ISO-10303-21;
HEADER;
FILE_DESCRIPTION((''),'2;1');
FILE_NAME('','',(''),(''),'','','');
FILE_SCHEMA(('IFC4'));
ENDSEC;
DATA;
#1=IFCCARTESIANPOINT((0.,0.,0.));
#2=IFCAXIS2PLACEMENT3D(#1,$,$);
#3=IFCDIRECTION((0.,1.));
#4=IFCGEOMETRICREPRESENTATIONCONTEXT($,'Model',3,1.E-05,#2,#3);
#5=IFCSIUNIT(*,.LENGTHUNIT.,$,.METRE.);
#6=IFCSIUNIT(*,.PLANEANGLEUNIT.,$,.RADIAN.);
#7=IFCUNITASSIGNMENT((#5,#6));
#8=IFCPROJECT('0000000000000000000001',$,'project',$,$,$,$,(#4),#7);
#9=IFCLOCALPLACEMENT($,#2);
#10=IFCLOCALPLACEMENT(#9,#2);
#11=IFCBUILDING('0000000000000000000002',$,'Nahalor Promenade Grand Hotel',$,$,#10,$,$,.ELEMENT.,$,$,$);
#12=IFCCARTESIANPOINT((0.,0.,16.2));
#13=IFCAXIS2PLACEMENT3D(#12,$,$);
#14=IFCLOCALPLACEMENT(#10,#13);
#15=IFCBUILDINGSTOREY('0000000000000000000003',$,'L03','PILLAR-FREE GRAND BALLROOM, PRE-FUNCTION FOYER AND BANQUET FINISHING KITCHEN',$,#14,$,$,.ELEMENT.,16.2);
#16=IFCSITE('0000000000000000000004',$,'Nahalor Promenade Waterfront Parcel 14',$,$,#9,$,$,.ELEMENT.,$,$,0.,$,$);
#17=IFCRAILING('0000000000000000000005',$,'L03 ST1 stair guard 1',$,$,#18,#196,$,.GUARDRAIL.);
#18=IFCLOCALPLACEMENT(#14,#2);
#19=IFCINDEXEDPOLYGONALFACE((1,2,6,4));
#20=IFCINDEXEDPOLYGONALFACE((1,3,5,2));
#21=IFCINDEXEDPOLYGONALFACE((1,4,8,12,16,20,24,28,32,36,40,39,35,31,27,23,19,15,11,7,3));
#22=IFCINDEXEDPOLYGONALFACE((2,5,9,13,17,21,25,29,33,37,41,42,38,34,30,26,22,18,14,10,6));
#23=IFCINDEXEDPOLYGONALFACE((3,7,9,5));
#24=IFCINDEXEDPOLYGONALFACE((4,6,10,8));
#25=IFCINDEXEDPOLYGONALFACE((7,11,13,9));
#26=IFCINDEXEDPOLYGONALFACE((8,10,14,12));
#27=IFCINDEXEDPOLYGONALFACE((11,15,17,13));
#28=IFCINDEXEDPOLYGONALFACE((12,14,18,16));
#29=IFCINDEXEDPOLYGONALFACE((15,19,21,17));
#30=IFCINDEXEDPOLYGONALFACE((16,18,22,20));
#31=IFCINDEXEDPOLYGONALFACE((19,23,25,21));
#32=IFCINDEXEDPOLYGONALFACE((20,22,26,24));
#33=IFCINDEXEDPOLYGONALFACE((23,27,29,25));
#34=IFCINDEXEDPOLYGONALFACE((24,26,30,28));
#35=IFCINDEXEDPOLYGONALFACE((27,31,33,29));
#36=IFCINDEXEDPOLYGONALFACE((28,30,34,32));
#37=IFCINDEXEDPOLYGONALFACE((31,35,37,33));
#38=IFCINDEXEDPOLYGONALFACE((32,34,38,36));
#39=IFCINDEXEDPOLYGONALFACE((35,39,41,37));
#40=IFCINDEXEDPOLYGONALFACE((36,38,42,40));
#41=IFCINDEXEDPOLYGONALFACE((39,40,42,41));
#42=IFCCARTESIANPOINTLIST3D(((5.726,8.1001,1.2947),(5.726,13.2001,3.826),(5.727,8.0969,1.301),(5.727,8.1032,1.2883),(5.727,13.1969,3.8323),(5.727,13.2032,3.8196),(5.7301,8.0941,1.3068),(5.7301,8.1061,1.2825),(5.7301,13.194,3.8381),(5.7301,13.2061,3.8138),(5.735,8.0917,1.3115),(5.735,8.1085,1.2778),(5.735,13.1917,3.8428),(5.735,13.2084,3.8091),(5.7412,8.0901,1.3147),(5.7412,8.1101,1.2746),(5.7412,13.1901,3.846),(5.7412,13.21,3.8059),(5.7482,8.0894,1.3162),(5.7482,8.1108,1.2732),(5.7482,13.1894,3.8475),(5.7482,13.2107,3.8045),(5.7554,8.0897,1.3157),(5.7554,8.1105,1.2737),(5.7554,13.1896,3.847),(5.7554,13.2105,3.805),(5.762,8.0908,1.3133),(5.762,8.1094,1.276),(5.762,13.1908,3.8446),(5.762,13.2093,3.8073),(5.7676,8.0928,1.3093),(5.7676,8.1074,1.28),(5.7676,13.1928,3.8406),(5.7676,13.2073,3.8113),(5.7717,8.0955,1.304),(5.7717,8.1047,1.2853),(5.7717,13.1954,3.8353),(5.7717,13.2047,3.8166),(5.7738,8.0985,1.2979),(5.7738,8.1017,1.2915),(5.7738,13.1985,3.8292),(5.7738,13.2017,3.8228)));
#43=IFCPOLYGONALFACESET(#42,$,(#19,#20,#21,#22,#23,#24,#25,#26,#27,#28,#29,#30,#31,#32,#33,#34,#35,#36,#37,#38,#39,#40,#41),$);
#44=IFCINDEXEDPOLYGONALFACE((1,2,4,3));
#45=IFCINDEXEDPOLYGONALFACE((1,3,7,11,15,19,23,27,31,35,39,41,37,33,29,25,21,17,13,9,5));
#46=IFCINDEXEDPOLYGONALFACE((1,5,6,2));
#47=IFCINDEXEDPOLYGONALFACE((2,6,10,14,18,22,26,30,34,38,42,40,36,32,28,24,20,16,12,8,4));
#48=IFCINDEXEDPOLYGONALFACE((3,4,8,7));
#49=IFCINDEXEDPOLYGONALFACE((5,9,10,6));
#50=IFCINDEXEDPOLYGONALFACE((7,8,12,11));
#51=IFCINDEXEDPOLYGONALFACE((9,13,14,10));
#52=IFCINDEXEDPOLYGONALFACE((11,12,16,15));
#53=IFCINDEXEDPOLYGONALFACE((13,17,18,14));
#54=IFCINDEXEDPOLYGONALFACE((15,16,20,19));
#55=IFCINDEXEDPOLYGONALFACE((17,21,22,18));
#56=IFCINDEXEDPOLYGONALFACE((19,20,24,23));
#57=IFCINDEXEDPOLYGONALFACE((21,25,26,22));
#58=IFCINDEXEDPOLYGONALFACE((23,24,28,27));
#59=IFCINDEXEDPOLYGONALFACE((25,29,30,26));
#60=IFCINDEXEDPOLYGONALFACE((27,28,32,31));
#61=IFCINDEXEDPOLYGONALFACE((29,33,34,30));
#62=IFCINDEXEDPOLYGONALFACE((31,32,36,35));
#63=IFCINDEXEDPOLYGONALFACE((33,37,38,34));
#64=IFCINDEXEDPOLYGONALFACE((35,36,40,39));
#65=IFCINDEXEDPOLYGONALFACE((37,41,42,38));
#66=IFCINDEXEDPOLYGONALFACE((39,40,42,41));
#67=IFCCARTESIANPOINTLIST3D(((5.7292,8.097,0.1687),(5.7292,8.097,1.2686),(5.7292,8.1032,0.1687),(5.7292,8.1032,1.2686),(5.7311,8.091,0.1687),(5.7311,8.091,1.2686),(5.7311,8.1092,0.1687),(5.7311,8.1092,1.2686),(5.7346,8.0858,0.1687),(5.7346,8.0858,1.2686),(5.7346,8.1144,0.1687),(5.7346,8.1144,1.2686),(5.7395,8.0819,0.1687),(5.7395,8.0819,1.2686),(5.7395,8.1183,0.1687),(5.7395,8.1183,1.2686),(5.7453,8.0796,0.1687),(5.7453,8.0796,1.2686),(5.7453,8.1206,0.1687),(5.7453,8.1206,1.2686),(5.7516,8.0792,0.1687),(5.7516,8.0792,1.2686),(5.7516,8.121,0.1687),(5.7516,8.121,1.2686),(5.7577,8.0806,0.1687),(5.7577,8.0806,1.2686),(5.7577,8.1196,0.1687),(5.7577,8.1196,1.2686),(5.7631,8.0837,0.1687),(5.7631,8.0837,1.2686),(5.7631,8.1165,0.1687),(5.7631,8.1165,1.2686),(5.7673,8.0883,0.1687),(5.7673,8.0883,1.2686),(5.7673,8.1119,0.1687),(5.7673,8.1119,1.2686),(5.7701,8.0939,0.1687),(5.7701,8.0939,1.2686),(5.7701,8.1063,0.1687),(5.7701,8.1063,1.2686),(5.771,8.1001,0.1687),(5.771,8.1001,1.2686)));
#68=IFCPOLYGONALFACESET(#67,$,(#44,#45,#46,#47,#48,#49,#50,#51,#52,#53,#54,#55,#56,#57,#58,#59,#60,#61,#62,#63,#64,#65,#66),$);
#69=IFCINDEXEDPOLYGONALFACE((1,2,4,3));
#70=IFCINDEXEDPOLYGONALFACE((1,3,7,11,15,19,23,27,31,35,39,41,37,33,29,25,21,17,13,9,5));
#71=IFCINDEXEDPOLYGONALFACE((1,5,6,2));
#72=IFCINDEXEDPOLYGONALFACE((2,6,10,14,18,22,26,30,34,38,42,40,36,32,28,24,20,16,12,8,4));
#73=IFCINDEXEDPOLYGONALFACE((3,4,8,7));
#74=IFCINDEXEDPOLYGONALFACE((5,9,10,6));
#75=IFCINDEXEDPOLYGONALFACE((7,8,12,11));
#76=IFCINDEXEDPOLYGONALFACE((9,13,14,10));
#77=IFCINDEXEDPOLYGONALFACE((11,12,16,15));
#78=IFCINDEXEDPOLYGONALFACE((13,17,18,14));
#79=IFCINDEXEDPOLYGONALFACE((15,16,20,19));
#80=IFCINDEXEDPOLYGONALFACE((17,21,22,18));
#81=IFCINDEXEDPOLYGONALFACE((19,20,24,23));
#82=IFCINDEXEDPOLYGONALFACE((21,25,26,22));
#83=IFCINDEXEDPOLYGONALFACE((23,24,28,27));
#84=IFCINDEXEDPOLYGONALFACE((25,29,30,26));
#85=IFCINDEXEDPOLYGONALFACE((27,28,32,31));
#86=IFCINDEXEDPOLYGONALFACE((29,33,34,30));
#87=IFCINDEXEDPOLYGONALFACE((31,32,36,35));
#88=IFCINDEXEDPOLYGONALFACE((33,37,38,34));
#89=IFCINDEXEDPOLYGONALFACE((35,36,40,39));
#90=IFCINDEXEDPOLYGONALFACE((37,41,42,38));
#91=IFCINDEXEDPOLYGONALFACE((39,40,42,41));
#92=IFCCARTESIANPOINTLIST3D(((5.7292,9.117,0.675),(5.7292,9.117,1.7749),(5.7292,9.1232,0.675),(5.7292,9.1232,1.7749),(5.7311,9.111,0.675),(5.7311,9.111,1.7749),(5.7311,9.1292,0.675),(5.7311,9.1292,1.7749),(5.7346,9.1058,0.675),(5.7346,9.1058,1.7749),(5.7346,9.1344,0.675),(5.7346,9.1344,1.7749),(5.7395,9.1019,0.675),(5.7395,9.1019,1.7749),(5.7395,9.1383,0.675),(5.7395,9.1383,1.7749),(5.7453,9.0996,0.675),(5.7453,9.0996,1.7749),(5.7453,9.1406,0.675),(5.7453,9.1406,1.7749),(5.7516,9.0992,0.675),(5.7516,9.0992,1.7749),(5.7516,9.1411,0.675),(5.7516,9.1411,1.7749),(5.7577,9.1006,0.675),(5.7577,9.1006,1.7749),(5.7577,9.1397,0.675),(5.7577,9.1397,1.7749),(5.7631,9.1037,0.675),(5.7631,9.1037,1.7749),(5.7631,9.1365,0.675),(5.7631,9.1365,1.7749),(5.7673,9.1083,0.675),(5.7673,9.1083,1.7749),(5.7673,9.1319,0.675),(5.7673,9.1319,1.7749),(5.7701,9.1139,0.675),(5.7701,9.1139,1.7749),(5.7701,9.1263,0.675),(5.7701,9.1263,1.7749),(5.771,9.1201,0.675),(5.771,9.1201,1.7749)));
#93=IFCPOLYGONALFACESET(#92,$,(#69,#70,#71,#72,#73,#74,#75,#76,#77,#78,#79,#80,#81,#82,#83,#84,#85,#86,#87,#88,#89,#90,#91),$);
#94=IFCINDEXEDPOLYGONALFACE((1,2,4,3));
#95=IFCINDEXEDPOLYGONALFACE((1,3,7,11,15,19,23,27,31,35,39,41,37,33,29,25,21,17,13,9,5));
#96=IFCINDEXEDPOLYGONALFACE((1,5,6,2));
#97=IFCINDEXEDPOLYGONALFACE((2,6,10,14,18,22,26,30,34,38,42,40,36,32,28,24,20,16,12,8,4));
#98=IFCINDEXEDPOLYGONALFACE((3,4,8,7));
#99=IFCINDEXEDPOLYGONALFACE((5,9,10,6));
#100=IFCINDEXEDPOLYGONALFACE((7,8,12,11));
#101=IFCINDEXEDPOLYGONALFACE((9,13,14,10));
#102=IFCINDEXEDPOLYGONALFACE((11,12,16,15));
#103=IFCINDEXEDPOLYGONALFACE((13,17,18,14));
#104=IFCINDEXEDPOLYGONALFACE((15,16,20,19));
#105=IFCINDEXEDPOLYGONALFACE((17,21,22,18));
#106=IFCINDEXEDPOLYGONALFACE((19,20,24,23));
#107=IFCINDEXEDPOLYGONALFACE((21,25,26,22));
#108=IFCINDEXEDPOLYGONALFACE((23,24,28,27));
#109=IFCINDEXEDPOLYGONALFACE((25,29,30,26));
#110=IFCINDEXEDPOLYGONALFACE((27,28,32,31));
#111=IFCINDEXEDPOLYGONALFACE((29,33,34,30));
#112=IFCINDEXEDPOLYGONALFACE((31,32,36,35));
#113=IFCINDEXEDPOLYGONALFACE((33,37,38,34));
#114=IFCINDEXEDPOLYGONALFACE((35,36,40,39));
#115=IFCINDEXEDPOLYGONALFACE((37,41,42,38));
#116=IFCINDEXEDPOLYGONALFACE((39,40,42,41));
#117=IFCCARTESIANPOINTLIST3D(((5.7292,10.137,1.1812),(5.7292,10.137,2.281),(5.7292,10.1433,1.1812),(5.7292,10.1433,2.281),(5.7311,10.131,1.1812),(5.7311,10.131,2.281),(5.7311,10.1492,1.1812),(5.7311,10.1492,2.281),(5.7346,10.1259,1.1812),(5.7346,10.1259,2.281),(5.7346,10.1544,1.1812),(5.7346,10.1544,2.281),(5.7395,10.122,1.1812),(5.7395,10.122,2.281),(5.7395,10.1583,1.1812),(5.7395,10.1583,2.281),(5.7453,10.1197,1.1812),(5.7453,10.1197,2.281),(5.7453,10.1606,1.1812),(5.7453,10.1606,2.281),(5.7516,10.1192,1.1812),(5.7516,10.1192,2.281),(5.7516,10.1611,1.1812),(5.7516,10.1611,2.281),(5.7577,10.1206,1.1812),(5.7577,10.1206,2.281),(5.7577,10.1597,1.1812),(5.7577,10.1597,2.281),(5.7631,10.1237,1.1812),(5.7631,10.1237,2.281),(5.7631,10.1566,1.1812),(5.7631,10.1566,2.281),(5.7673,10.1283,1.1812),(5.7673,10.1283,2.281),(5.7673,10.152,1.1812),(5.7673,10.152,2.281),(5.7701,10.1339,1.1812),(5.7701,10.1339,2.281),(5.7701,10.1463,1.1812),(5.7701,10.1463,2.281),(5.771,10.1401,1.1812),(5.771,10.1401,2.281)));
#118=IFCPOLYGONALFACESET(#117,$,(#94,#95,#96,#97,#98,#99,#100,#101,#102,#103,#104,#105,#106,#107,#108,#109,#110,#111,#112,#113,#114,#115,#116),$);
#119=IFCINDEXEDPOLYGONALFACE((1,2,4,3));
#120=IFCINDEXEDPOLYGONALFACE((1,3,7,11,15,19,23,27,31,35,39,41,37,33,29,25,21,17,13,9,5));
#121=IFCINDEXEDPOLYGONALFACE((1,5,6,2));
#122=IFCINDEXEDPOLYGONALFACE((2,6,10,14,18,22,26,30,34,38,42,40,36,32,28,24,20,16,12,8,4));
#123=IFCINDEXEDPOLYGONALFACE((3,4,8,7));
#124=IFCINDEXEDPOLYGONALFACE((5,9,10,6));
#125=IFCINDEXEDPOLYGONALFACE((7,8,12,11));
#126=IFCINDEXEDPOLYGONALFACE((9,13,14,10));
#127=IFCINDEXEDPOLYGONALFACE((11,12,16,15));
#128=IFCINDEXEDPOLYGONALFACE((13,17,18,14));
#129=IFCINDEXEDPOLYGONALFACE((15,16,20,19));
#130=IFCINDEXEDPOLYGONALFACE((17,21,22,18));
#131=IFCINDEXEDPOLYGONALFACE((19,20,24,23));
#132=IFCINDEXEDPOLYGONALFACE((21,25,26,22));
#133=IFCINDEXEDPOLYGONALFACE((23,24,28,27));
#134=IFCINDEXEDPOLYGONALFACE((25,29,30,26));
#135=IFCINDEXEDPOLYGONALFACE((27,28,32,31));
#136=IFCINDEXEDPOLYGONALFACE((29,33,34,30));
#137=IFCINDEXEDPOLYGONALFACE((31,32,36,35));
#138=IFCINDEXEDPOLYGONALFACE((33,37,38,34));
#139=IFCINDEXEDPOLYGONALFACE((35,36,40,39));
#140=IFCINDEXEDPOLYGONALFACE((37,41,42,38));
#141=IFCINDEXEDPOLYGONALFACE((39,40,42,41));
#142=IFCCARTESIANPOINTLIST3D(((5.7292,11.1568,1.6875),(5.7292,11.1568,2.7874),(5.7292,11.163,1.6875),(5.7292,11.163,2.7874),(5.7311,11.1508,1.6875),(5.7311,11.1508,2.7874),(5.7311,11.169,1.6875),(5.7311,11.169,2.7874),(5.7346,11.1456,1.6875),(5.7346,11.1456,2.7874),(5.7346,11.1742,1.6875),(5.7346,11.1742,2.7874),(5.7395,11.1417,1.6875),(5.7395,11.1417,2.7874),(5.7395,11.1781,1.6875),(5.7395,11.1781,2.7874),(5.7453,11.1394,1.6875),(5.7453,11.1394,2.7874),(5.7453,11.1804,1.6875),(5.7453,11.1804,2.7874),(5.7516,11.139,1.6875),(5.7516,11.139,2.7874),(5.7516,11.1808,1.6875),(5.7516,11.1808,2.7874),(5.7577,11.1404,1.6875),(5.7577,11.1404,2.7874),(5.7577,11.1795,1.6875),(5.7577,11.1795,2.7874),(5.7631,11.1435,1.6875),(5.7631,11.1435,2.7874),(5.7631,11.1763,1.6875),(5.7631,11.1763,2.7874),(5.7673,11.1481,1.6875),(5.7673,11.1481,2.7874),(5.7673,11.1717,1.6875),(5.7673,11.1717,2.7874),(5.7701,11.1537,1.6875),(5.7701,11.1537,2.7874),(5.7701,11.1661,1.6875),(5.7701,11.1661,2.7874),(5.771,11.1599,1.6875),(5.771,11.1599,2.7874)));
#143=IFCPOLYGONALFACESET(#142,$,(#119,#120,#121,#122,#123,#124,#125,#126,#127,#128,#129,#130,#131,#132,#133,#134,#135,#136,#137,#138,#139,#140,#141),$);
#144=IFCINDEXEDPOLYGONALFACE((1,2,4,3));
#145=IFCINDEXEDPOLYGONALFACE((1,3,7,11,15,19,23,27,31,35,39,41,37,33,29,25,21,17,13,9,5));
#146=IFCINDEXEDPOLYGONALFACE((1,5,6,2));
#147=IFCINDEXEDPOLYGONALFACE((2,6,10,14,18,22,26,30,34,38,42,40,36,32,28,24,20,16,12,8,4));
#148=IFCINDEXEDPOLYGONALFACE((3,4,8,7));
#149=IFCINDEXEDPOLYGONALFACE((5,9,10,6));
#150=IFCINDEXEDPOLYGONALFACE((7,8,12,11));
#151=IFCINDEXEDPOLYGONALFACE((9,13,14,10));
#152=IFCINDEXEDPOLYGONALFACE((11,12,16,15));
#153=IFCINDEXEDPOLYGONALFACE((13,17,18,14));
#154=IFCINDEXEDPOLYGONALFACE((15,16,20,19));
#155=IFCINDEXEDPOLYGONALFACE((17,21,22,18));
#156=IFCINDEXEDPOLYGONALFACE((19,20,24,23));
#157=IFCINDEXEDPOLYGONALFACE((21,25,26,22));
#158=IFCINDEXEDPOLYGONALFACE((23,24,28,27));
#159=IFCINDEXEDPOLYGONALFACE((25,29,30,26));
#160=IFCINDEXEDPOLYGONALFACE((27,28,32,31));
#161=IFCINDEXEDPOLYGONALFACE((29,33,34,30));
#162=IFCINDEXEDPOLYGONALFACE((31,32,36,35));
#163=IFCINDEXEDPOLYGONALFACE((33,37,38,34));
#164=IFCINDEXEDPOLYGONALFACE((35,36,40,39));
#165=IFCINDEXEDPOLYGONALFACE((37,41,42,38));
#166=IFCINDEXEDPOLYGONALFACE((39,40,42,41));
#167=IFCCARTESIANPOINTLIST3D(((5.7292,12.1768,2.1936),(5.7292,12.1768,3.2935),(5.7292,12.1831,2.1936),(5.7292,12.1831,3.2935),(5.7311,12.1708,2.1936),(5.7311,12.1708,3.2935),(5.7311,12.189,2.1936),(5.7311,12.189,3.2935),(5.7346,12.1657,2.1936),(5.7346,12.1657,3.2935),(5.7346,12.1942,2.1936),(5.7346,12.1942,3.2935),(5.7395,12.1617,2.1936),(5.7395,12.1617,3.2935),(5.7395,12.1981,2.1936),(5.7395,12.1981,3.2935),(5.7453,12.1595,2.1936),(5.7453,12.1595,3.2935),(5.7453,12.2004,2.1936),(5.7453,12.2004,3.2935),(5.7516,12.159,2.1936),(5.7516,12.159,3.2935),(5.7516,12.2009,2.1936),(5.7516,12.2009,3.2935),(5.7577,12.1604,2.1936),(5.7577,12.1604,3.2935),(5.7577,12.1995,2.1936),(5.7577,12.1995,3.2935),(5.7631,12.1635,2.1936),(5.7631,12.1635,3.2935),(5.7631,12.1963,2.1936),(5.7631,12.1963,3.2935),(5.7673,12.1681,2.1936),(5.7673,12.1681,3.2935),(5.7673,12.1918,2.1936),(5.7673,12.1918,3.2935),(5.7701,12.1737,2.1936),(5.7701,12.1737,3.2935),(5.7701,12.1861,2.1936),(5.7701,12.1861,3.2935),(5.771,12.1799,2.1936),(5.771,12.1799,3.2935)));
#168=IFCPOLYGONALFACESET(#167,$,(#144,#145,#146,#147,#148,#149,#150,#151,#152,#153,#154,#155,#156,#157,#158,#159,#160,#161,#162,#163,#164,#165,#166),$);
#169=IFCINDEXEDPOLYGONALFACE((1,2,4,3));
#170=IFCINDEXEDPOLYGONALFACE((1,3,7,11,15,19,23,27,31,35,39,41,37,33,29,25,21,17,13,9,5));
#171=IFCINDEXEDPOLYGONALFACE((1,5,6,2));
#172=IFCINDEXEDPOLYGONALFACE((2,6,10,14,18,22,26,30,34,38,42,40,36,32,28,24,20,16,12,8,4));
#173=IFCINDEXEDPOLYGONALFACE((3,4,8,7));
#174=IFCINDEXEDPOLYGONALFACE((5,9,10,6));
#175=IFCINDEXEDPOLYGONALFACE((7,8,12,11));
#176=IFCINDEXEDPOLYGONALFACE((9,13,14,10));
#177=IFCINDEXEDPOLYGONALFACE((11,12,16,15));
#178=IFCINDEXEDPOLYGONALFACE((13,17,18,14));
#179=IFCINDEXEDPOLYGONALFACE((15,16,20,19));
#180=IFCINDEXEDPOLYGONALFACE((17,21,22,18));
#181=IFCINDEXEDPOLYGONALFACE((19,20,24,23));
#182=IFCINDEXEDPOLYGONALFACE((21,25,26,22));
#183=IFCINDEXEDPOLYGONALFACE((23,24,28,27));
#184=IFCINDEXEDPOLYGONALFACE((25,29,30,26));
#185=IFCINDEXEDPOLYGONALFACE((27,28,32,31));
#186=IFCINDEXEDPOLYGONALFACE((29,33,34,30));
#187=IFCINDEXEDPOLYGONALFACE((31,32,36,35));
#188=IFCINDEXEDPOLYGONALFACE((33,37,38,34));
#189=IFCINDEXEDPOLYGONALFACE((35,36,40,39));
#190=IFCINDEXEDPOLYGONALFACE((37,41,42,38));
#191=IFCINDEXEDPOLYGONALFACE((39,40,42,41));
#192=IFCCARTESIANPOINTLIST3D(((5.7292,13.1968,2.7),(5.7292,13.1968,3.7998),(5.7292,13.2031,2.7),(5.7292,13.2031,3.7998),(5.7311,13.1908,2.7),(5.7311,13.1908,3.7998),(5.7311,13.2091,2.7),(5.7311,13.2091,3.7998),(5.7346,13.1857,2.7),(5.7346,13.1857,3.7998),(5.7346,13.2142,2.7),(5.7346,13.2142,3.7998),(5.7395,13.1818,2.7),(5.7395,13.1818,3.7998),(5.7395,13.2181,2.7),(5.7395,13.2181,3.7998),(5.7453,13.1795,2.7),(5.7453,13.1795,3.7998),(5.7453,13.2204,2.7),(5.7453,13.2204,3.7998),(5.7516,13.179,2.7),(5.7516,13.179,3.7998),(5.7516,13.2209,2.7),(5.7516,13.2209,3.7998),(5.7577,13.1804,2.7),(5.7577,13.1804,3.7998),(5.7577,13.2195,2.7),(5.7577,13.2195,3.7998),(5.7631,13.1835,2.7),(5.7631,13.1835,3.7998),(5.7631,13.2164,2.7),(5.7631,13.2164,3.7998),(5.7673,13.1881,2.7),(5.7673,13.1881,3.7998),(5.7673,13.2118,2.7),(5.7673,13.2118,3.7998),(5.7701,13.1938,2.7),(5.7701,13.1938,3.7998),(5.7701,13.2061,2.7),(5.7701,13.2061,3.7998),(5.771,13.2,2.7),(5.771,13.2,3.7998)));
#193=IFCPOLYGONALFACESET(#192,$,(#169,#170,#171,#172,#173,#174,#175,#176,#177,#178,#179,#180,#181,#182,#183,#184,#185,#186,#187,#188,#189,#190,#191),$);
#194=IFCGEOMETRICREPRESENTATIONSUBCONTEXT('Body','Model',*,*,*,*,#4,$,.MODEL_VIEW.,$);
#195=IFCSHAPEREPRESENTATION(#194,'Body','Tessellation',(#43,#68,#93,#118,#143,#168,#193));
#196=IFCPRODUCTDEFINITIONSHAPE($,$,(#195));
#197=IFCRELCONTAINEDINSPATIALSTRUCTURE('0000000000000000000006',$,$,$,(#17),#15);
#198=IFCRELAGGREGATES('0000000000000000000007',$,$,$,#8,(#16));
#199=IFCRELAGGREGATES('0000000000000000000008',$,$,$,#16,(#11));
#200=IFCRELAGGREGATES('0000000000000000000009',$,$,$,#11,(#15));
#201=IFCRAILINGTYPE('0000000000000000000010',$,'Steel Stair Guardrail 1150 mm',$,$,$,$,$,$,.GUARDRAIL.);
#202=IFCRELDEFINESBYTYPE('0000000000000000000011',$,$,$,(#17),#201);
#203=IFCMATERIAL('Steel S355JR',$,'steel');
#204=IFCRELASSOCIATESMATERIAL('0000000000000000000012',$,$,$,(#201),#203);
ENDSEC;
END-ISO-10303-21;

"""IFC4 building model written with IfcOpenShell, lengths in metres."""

from ifc_helpers import new_model, si_unit, direction, frame, origin, origin_2d, place, context, subcontext, project, spatial, circle, extrude, material, type_object, element, save


model = new_model("IFC4")

# Units and contexts
model_context = context("Model", 3, precision=1e-05, world=origin(), true_north=direction((0.0, 1.0)))
body_context = subcontext(model_context, "Body", "Model", "MODEL_VIEW")
ifc_project = project(units=[si_unit("LENGTHUNIT", "METRE"), si_unit("PLANEANGLEUNIT", "RADIAN")], contexts=[model_context])

# Site, building, storey
site_placement = place(None, origin())
site = spatial("IfcSite", under=ifc_project, at=site_placement, Name="Nahalor Promenade Waterfront Parcel 14", CompositionType="ELEMENT", RefElevation=0.0)
building_placement = place(site_placement, origin())
building = spatial("IfcBuilding", under=site, at=building_placement, Name="Nahalor Promenade Grand Hotel", CompositionType="ELEMENT")
storey_placement = place(building_placement, frame((0.0, 0.0, 16.2)))
storey = spatial("IfcBuildingStorey", under=building, at=storey_placement, Name="L03", Description="PILLAR-FREE GRAND BALLROOM, PRE-FUNCTION FOYER AND BANQUET FINISHING KITCHEN", CompositionType="ELEMENT", Elevation=16.2)

# Shared definitions
ifc_material_1 = material(Name="Steel S355JR", Category="steel")

# Railing
railing_type_1 = type_object("IfcRailingType", Name="Steel Stair Guardrail 1150 mm", PredefinedType="GUARDRAIL", material=ifc_material_1)
railing_1_placement = place(storey_placement, frame((5.75, 8.1001, 0.1687)))
element("IfcRailing", 1, at=railing_1_placement, inside=storey, type_object=railing_type_1, Name="L03 ST1 stair guard 1", PredefinedType="GUARDRAIL", context=body_context, shape_type="SweptSolid", body=[
    extrude(circle(Radius=0.024, at=origin_2d()), frame((0.0, 0.0, 1.126), z_axis=(0.0, 0.895735, 0.444587), x_axis=(-1.0, 0.0, 0.0)), (0.0, 0.0, 1.0), 5.6936),
    extrude(circle(Radius=0.021, at=origin_2d()), origin(), (0.0, 0.0, 1.0), 1.0999),
    extrude(circle(Radius=0.021, at=origin_2d()), frame((0.0, 1.02, 0.5063)), (0.0, 0.0, 1.0), 1.0999),
    extrude(circle(Radius=0.021, at=origin_2d()), frame((0.0, 2.04, 1.0125)), (0.0, 0.0, 1.0), 1.0999),
    extrude(circle(Radius=0.021, at=origin_2d()), frame((0.0, 3.0598, 1.5188)), (0.0, 0.0, 1.0), 1.0999),
    extrude(circle(Radius=0.021, at=origin_2d()), frame((0.0, 4.0798, 2.0249)), (0.0, 0.0, 1.0), 1.0999),
    extrude(circle(Radius=0.021, at=origin_2d()), frame((0.0, 5.0999, 2.5312)), (0.0, 0.0, 1.0), 1.0999),
])

save(model, "model.ifc")
